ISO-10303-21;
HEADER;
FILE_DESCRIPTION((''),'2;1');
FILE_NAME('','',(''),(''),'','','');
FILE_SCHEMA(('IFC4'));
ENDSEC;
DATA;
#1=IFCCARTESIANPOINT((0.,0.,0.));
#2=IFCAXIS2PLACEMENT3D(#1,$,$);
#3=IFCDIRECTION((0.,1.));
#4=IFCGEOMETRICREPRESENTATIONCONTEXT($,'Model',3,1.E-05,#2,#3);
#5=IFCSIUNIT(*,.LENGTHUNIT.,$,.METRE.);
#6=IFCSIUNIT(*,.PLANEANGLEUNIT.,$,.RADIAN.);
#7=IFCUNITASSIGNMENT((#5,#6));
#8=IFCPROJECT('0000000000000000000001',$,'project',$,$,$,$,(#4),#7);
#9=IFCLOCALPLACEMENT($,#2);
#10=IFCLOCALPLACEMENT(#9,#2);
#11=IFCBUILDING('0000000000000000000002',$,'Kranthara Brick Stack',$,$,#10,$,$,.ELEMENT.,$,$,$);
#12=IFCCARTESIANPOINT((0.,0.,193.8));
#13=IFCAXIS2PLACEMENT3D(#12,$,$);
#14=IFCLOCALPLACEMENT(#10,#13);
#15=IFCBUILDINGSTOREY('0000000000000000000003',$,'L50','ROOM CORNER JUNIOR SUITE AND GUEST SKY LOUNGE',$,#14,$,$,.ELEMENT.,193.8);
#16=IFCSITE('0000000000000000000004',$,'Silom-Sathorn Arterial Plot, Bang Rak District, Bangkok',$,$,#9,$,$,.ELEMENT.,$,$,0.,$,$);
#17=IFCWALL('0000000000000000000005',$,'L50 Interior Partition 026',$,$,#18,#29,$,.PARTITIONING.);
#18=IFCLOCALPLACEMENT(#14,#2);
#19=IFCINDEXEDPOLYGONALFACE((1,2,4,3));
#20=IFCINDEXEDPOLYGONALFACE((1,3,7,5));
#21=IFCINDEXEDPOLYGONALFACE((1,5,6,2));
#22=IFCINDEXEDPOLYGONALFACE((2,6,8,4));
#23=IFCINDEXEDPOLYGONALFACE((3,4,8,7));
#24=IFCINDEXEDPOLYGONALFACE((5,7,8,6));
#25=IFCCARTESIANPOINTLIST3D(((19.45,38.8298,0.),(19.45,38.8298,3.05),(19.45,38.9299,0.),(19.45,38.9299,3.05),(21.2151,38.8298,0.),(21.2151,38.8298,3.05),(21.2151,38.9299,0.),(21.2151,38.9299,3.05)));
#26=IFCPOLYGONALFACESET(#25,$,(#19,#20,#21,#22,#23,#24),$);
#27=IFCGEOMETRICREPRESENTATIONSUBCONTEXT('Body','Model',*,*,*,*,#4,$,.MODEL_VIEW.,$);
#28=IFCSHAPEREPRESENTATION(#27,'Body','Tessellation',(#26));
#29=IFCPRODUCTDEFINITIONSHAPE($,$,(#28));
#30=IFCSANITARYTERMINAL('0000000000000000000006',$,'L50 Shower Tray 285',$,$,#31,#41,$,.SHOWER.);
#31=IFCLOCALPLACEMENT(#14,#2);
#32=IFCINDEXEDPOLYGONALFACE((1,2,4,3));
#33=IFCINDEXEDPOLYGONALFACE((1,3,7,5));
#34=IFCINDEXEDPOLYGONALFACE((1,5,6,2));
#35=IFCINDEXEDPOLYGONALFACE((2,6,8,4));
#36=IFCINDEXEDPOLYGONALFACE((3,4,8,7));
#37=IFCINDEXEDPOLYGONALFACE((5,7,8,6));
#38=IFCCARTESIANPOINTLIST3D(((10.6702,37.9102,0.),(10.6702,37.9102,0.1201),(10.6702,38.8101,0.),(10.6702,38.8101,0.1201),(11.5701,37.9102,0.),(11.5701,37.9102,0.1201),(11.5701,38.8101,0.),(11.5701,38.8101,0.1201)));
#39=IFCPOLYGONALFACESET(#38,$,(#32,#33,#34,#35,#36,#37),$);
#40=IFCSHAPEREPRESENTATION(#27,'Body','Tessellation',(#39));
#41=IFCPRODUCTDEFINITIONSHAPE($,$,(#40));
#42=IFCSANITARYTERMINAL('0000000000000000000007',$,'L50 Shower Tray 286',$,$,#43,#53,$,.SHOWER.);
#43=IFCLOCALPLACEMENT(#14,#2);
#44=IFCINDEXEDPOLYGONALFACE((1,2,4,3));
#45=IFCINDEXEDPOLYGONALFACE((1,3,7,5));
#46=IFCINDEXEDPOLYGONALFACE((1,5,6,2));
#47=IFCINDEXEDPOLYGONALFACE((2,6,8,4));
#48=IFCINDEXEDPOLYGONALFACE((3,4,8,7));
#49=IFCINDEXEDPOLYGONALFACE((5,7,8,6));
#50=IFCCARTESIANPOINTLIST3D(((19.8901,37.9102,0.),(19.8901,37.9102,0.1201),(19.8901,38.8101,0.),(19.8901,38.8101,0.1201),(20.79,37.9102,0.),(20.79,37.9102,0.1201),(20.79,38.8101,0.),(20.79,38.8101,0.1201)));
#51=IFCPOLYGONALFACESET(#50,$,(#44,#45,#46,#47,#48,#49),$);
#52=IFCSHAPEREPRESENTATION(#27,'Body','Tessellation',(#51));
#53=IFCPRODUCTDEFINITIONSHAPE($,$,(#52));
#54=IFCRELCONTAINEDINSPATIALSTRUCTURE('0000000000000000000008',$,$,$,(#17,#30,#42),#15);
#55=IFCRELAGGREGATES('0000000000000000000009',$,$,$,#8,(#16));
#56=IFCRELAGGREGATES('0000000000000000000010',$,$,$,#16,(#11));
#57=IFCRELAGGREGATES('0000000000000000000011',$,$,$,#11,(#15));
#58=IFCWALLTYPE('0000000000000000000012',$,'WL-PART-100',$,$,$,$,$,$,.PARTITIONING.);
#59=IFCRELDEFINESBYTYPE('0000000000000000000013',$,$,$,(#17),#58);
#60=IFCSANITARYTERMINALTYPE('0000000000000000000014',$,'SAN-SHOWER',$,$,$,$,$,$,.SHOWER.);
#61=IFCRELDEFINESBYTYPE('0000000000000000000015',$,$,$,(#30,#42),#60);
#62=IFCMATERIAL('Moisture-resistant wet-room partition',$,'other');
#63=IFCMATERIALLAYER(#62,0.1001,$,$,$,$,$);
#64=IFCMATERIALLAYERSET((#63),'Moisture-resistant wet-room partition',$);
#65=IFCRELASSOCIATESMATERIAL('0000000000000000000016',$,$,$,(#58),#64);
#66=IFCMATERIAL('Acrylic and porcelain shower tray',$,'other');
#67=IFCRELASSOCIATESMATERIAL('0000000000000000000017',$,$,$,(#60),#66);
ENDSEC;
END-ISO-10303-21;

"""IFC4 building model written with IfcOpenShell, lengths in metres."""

from ifc_helpers import new_model, si_unit, direction, frame, frame_2d, origin, origin_2d, place, context, subcontext, project, spatial, rectangle, extrude, material, layer, layer_set, type_object, element, save


model = new_model("IFC4")

# Units and contexts
model_context = context("Model", 3, precision=1e-05, world=origin(), true_north=direction((0.0, 1.0)))
body_context = subcontext(model_context, "Body", "Model", "MODEL_VIEW")
ifc_project = project(units=[si_unit("LENGTHUNIT", "METRE"), si_unit("PLANEANGLEUNIT", "RADIAN")], contexts=[model_context])

# Site, building, storey
site_placement = place(None, origin())
site = spatial("IfcSite", under=ifc_project, at=site_placement, Name="Silom-Sathorn Arterial Plot, Bang Rak District, Bangkok", CompositionType="ELEMENT", RefElevation=0.0)
building_placement = place(site_placement, origin())
building = spatial("IfcBuilding", under=site, at=building_placement, Name="Kranthara Brick Stack", CompositionType="ELEMENT")
storey_placement = place(building_placement, frame((0.0, 0.0, 193.8)))
storey = spatial("IfcBuildingStorey", under=building, at=storey_placement, Name="L50", Description="ROOM CORNER JUNIOR SUITE AND GUEST SKY LOUNGE", CompositionType="ELEMENT", Elevation=193.8)

# Wall
ifc_material_1 = material(Name="Moisture-resistant wet-room partition", Category="other")
ifc_layer_1 = layer(ifc_material_1, 0.1001)
ifc_layer_set_1 = layer_set([ifc_layer_1], Name="Moisture-resistant wet-room partition")
wall_type_1 = type_object("IfcWallType", Name="WL-PART-100", PredefinedType="PARTITIONING", material=ifc_layer_set_1)
for number, where, z_axis, x_axis, name in (
    (1, (19.45, 38.8799, 0.0), (0.0, 0.0, 1.0), (1.0, 0.0, 0.0), "L50 Interior Partition 026"),
):
    element("IfcWall", number, at=place(storey_placement, frame(where, z_axis=z_axis, x_axis=x_axis)), inside=storey, type_object=wall_type_1, Name=name, PredefinedType="PARTITIONING", context=body_context, shape_type="SweptSolid", body=[
        extrude(rectangle(XDim=1.7651, YDim=0.1001, at=frame_2d((0.8826, 0.0))), origin(), (0.0, 0.0, 1.0), 3.05),
    ])

# Sanitary terminals
ifc_material_2 = material(Name="Acrylic and porcelain shower tray", Category="other")
sanitary_terminal_type = type_object("IfcSanitaryTerminalType", Name="SAN-SHOWER", PredefinedType="SHOWER", material=ifc_material_2)
for number, where, z_axis, x_axis, name in (
    (2, (11.1201, 38.3601, 0.0), (0.0, 0.0, 1.0), (1.0, 0.0, 0.0), "L50 Shower Tray 285"),
    (3, (20.3401, 38.3601, 0.0), (0.0, 0.0, 1.0), (1.0, 0.0, 0.0), "L50 Shower Tray 286"),
):
    element("IfcSanitaryTerminal", number, at=place(storey_placement, frame(where, z_axis=z_axis, x_axis=x_axis)), inside=storey, type_object=sanitary_terminal_type, Name=name, PredefinedType="SHOWER", context=body_context, shape_type="SweptSolid", body=[
        extrude(rectangle(XDim=0.8999, YDim=0.8999, at=origin_2d()), origin(), (0.0, 0.0, 1.0), 0.1201),
    ])

save(model, "model.ifc")
